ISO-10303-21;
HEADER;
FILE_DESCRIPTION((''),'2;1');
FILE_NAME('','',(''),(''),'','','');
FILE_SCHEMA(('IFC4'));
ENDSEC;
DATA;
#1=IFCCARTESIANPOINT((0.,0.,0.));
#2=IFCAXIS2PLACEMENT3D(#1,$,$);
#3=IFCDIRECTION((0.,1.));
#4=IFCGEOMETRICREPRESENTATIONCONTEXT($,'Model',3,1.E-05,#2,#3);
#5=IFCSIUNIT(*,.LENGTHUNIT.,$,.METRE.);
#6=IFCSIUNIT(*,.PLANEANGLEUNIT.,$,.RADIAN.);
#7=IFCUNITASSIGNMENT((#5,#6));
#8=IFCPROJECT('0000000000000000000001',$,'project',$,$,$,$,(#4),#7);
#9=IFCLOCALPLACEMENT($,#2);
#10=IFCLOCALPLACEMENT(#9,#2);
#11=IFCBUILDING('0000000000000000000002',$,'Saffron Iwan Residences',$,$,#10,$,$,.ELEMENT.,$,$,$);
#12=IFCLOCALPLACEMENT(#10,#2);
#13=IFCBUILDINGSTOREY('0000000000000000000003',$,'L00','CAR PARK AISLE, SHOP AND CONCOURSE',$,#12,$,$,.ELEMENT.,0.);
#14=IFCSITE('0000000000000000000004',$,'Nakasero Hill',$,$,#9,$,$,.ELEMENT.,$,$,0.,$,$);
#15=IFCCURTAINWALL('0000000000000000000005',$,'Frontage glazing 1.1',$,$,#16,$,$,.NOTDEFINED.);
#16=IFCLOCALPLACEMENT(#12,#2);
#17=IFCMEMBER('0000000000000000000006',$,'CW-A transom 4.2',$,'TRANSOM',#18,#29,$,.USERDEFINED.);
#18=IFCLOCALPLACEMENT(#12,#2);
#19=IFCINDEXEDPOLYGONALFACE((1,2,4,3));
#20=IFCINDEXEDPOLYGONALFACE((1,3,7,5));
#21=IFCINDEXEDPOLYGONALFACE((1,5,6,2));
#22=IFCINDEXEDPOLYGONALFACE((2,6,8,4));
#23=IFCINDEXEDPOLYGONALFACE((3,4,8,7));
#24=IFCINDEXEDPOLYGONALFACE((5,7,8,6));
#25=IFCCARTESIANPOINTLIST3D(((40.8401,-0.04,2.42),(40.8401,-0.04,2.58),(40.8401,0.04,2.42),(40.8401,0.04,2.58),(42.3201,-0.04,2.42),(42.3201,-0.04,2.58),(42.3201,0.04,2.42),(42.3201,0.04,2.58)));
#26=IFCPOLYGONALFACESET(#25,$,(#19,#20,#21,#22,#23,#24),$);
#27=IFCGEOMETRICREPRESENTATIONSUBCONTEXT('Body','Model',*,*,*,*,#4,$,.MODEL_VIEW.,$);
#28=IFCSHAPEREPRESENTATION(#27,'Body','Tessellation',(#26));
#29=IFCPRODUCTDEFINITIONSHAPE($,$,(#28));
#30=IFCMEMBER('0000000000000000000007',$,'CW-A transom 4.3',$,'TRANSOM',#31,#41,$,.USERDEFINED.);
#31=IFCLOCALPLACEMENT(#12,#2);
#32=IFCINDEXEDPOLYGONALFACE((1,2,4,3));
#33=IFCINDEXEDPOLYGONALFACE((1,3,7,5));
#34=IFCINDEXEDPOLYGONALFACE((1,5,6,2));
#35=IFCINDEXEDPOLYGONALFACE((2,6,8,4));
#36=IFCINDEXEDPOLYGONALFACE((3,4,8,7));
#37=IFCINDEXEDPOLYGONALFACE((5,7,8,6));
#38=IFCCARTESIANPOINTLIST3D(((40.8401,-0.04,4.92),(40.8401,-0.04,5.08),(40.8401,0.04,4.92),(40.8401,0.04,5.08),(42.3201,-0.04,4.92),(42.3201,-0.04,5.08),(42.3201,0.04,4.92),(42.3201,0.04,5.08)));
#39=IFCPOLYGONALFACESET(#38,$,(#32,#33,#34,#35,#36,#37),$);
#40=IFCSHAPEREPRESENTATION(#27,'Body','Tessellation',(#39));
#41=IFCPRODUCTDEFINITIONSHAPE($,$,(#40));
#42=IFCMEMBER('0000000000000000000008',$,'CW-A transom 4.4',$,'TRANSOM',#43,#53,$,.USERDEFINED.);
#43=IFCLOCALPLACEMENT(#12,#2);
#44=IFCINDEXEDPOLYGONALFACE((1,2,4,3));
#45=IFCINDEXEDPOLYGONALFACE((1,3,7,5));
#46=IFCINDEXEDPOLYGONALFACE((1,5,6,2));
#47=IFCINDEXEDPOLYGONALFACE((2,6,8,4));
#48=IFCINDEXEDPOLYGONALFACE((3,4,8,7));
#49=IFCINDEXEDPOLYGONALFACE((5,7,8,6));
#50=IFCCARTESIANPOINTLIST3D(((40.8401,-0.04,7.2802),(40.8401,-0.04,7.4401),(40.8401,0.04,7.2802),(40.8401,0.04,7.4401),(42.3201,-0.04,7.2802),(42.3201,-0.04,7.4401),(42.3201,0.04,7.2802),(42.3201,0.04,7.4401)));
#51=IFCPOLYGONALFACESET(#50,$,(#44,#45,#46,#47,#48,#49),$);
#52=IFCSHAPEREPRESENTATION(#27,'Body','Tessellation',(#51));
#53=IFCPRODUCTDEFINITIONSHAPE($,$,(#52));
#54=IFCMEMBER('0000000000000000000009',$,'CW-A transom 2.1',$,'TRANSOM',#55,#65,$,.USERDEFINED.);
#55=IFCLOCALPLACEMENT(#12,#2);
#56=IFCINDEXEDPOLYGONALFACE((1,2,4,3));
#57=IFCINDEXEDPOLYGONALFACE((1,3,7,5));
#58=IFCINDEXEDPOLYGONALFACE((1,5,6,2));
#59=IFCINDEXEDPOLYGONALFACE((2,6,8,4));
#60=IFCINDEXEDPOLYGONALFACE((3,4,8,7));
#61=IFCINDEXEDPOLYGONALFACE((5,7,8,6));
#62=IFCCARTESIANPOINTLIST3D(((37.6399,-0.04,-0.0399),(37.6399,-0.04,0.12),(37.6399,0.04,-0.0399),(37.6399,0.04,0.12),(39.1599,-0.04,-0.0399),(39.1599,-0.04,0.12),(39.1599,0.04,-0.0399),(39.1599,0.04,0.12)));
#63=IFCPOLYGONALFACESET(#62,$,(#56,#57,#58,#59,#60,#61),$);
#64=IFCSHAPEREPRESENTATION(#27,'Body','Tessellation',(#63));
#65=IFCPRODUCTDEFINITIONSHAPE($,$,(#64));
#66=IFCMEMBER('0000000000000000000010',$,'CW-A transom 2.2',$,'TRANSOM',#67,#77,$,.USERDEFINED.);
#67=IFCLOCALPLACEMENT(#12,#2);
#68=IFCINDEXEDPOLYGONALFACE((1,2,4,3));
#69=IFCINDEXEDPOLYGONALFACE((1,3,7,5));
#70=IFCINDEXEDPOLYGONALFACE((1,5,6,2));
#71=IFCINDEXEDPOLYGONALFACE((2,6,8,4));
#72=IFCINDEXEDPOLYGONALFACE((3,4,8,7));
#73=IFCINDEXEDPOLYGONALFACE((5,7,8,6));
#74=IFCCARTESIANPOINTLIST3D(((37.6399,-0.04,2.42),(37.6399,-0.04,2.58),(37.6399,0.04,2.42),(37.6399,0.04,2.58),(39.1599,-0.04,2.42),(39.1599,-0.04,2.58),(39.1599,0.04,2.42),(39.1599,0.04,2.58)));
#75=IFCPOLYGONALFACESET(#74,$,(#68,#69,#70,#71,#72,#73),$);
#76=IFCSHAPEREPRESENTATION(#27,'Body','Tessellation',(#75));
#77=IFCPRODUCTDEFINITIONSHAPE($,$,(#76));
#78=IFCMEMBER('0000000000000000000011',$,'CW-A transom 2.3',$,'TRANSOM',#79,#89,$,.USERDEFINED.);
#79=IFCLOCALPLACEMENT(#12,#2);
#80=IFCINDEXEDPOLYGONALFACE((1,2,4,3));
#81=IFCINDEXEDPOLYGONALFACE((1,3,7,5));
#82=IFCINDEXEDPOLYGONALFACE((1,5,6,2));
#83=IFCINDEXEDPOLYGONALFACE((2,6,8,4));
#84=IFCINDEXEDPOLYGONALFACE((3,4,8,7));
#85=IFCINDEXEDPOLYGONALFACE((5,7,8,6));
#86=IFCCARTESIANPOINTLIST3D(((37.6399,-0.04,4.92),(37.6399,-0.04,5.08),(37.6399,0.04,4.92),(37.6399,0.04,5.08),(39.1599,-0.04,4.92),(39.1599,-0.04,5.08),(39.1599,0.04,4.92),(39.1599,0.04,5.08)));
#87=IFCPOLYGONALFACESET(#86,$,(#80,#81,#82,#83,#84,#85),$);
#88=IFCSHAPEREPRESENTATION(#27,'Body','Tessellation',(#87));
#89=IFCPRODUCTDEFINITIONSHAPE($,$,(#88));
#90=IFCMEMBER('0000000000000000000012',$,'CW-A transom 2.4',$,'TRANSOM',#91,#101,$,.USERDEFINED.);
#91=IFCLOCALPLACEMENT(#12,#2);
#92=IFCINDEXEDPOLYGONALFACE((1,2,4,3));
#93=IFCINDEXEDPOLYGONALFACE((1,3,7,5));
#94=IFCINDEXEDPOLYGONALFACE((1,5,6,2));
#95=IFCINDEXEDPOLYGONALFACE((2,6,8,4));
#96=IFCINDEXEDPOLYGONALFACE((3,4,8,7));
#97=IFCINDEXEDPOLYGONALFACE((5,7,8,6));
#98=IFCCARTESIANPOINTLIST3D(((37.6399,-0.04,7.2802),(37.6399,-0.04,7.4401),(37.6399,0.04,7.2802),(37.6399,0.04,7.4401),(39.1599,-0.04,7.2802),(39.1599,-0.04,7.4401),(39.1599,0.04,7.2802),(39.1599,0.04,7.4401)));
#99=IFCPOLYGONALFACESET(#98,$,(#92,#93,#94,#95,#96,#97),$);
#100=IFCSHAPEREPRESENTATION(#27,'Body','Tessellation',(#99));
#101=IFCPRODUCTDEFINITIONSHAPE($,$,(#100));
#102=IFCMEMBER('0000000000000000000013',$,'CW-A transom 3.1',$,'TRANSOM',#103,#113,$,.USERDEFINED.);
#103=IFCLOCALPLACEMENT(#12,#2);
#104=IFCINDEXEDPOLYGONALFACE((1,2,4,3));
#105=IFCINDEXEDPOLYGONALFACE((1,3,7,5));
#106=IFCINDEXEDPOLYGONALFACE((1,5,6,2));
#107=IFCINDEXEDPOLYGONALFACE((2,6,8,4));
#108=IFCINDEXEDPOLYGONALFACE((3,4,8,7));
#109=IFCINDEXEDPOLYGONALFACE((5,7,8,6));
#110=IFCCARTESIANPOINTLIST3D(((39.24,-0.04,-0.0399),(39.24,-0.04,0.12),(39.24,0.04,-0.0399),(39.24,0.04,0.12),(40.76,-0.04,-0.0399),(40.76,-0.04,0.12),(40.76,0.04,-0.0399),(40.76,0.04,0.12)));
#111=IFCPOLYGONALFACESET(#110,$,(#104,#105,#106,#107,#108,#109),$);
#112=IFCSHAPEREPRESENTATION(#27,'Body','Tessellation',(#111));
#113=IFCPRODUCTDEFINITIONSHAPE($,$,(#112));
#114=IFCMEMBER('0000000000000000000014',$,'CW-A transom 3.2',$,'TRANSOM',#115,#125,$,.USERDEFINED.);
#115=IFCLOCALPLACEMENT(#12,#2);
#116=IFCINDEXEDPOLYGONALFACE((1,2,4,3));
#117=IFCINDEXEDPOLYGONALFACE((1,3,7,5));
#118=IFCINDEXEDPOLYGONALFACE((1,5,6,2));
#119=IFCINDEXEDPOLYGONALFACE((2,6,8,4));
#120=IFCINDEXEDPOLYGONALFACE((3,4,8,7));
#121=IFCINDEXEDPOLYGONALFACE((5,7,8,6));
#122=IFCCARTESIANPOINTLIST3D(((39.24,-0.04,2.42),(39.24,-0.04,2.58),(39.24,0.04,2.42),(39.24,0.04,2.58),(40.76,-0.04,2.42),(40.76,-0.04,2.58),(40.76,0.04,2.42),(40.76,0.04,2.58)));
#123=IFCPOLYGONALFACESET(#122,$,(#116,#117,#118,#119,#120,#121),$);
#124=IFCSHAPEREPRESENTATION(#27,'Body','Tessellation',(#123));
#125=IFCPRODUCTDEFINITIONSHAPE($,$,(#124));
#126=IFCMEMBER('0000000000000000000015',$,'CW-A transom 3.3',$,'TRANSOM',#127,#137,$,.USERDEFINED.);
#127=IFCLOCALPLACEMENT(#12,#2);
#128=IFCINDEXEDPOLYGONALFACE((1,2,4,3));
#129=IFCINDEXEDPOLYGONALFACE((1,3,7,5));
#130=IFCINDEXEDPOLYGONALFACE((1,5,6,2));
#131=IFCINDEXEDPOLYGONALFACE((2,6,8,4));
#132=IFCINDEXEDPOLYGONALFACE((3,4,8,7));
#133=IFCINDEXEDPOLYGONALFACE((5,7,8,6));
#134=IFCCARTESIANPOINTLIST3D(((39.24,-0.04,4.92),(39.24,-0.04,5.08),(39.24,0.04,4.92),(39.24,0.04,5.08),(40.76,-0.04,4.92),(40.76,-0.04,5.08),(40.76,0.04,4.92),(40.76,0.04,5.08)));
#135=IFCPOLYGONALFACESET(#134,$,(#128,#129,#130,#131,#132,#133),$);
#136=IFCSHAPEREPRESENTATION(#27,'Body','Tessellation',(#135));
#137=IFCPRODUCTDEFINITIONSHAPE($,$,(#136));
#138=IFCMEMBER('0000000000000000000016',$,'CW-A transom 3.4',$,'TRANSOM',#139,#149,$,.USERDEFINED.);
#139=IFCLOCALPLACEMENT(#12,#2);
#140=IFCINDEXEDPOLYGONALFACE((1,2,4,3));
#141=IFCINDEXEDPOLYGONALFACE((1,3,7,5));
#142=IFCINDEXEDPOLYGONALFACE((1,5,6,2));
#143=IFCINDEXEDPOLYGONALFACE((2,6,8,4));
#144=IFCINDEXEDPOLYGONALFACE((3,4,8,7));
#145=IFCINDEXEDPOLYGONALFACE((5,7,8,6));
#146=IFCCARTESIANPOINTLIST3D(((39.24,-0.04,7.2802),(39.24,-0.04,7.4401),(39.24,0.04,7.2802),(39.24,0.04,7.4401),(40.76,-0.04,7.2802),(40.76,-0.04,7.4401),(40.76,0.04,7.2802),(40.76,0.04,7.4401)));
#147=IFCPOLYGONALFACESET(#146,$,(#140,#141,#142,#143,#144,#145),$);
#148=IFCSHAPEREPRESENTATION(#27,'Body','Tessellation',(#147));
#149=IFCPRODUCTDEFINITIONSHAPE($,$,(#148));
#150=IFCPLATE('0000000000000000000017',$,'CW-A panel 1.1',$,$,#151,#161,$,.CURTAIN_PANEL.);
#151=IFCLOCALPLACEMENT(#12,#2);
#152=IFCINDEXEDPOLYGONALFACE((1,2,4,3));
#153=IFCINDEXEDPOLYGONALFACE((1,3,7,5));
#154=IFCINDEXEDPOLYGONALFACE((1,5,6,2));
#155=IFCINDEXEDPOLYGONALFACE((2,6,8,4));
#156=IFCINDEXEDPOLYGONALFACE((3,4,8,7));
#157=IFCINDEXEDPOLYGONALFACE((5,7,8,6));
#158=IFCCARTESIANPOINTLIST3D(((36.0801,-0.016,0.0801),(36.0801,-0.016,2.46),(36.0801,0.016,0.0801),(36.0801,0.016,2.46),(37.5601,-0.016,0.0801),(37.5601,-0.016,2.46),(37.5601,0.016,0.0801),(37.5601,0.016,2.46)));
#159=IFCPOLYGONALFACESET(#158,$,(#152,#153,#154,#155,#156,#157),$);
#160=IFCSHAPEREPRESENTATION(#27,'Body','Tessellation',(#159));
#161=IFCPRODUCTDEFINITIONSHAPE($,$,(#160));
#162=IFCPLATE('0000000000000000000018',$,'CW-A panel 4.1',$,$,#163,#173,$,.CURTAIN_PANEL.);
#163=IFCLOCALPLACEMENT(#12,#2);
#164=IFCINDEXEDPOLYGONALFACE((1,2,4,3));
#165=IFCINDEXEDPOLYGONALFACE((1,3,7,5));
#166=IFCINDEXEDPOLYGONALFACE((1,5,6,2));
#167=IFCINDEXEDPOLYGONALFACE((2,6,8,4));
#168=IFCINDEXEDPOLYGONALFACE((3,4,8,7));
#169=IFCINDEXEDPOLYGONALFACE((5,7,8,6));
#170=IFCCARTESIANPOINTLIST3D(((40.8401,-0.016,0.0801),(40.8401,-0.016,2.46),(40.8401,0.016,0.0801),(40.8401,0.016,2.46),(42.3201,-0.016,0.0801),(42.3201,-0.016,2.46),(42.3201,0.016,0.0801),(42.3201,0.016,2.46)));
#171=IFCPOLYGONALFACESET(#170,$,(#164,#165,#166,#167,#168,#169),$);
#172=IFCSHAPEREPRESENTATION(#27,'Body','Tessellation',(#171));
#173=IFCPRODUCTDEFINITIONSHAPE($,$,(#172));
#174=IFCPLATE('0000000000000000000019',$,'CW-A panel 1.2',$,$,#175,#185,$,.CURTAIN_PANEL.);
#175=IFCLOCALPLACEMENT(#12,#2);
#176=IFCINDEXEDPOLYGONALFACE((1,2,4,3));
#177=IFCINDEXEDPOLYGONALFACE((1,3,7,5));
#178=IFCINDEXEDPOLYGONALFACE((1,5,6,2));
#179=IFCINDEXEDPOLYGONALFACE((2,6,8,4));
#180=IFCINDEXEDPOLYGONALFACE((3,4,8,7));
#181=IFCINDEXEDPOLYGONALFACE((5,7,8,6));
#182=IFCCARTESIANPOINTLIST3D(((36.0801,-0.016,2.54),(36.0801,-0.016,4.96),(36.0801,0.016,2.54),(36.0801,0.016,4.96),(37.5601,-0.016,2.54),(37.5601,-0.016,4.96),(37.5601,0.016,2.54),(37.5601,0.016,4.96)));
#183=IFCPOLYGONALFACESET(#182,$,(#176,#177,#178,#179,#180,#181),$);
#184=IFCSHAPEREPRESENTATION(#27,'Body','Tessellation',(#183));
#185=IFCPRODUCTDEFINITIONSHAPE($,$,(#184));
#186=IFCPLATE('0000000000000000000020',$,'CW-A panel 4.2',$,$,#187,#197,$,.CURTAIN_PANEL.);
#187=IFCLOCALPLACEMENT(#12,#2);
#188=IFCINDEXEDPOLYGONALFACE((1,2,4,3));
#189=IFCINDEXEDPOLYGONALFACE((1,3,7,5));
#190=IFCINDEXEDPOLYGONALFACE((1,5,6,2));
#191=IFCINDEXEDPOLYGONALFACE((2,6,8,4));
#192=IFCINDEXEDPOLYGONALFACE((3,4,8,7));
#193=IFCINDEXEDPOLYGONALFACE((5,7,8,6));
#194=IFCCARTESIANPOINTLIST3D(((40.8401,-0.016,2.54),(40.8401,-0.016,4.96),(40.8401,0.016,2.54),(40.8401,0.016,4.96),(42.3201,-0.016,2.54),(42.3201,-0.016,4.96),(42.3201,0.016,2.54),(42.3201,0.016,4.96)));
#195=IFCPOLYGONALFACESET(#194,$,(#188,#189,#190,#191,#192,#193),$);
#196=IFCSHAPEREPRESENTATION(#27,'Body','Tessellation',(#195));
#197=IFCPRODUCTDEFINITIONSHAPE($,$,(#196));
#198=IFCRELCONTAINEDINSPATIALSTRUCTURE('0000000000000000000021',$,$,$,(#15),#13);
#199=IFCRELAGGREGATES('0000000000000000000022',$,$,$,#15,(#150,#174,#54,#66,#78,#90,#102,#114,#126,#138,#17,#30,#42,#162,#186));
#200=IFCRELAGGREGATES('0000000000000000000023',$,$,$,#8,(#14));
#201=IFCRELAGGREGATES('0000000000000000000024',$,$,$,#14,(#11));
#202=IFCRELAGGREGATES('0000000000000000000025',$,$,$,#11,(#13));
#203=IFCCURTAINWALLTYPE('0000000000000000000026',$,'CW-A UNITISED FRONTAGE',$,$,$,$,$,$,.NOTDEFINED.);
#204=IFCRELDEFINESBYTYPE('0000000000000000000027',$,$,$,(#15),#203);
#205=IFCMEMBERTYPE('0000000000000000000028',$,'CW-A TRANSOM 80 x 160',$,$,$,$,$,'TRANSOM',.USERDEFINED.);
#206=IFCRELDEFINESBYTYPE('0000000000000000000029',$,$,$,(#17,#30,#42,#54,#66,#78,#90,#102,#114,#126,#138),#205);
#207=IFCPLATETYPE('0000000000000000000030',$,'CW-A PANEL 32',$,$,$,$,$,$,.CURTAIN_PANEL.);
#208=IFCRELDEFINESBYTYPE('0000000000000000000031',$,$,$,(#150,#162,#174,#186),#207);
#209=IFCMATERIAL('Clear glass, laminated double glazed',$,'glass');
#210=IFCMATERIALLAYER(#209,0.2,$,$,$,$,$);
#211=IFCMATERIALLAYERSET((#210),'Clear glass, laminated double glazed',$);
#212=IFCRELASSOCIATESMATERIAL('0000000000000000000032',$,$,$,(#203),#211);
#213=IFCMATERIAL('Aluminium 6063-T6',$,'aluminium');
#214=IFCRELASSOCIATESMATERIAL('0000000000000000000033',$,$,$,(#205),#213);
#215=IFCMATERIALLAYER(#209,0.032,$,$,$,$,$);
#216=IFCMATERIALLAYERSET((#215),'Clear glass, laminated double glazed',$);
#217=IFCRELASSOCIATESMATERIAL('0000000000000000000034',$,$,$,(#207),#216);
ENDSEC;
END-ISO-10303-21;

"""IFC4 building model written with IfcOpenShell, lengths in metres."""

from ifc_helpers import new_model, si_unit, direction, frame, origin, origin_2d, place, context, subcontext, project, spatial, rectangle, extrude, source, transform, mapped, material, layer, layer_set, material_profile, profile_set, type_object, element, aggregate, save


model = new_model("IFC4")

# Units and contexts
model_context = context("Model", 3, precision=1e-05, world=origin(), true_north=direction((0.0, 1.0)))
body_context = subcontext(model_context, "Body", "Model", "MODEL_VIEW")
ifc_project = project(units=[si_unit("LENGTHUNIT", "METRE"), si_unit("PLANEANGLEUNIT", "RADIAN")], contexts=[model_context])

# Site, building, storey
site_placement = place(None, origin())
site = spatial("IfcSite", under=ifc_project, at=site_placement, Name="Nakasero Hill", CompositionType="ELEMENT", RefElevation=0.0)
building_placement = place(site_placement, origin())
building = spatial("IfcBuilding", under=site, at=building_placement, Name="Saffron Iwan Residences", CompositionType="ELEMENT")
storey_placement = place(building_placement, origin())
storey = spatial("IfcBuildingStorey", under=building, at=storey_placement, Name="L00", Description="CAR PARK AISLE, SHOP AND CONCOURSE", CompositionType="ELEMENT", Elevation=0.0)

# Curtain wall, members, plates
ifc_material_1 = material(Name="Clear glass, laminated double glazed", Category="glass")
ifc_layer_1 = layer(ifc_material_1, 0.2)
ifc_layer_set_1 = layer_set([ifc_layer_1], Name="Clear glass, laminated double glazed")
curtain_wall_type = type_object("IfcCurtainWallType", Name="CW-A UNITISED FRONTAGE", PredefinedType="NOTDEFINED", material=ifc_layer_set_1)
curtain_wall_placement = place(storey_placement, origin())
curtain_wall = element("IfcCurtainWall", 1, at=curtain_wall_placement, inside=storey, type_object=curtain_wall_type, Name="Frontage glazing 1.1", PredefinedType="NOTDEFINED")
ifc_material_2 = material(Name="Aluminium 6063-T6", Category="aluminium")
ifc_material_profile_1 = material_profile(ifc_material_2, rectangle(XDim=0.0801, YDim=0.1599, at=origin_2d()), Name="CW-A TRANSOM 80 x 160")
ifc_profile_set_1 = profile_set([ifc_material_profile_1], Name="Aluminium 6063-T6")
member_type_1 = type_object("IfcMemberType", Name="CW-A TRANSOM 80 x 160", ElementType="TRANSOM", PredefinedType="USERDEFINED", material=ifc_profile_set_1)
shared_shape_1 = source(origin(), body_context, "Body", "SweptSolid", [
    extrude(rectangle(XDim=0.0801, YDim=0.1599, at=origin_2d()), origin(), (0.0, 0.0, 1.0), 1.48),
])
member_1_placement = place(storey_placement, frame((40.8401, 0.0, 2.5), z_axis=(1.0, 0.0, 0.0), x_axis=(0.0, 1.0, 0.0)))
member_1 = element("IfcMember", 2, at=member_1_placement, type_object=member_type_1, Name="CW-A transom 4.2", ObjectType="TRANSOM", PredefinedType="USERDEFINED", context=body_context, shape_type="MappedRepresentation", body=[
    mapped(shared_shape_1, transform((0.0, 0.0, 0.0))),
])
member_2_placement = place(storey_placement, frame((40.8401, 0.0, 5.0), z_axis=(1.0, 0.0, 0.0), x_axis=(0.0, 1.0, 0.0)))
member_2 = element("IfcMember", 3, at=member_2_placement, type_object=member_type_1, Name="CW-A transom 4.3", ObjectType="TRANSOM", PredefinedType="USERDEFINED", context=body_context, shape_type="MappedRepresentation", body=[
    mapped(shared_shape_1, transform((0.0, 0.0, 0.0))),
])
member_3_placement = place(storey_placement, frame((40.8401, 0.0, 7.3601), z_axis=(1.0, 0.0, 0.0), x_axis=(0.0, 1.0, 0.0)))
member_3 = element("IfcMember", 4, at=member_3_placement, type_object=member_type_1, Name="CW-A transom 4.4", ObjectType="TRANSOM", PredefinedType="USERDEFINED", context=body_context, shape_type="MappedRepresentation", body=[
    mapped(shared_shape_1, transform((0.0, 0.0, 0.0))),
])
shared_shape_2 = source(origin(), body_context, "Body", "SweptSolid", [
    extrude(rectangle(XDim=0.0801, YDim=0.1599, at=origin_2d()), origin(), (0.0, 0.0, 1.0), 1.52),
])
member_4_placement = place(storey_placement, frame((37.6399, 0.0, 0.04), z_axis=(1.0, 0.0, 0.0), x_axis=(0.0, 1.0, 0.0)))
member_4 = element("IfcMember", 5, at=member_4_placement, type_object=member_type_1, Name="CW-A transom 2.1", ObjectType="TRANSOM", PredefinedType="USERDEFINED", context=body_context, shape_type="MappedRepresentation", body=[
    mapped(shared_shape_2, transform((0.0, 0.0, 0.0))),
])
member_5_placement = place(storey_placement, frame((37.6399, 0.0, 2.5), z_axis=(1.0, 0.0, 0.0), x_axis=(0.0, 1.0, 0.0)))
member_5 = element("IfcMember", 6, at=member_5_placement, type_object=member_type_1, Name="CW-A transom 2.2", ObjectType="TRANSOM", PredefinedType="USERDEFINED", context=body_context, shape_type="MappedRepresentation", body=[
    mapped(shared_shape_2, transform((0.0, 0.0, 0.0))),
])
member_6_placement = place(storey_placement, frame((37.6399, 0.0, 5.0), z_axis=(1.0, 0.0, 0.0), x_axis=(0.0, 1.0, 0.0)))
member_6 = element("IfcMember", 7, at=member_6_placement, type_object=member_type_1, Name="CW-A transom 2.3", ObjectType="TRANSOM", PredefinedType="USERDEFINED", context=body_context, shape_type="MappedRepresentation", body=[
    mapped(shared_shape_2, transform((0.0, 0.0, 0.0))),
])
member_7_placement = place(storey_placement, frame((37.6399, 0.0, 7.3601), z_axis=(1.0, 0.0, 0.0), x_axis=(0.0, 1.0, 0.0)))
member_7 = element("IfcMember", 8, at=member_7_placement, type_object=member_type_1, Name="CW-A transom 2.4", ObjectType="TRANSOM", PredefinedType="USERDEFINED", context=body_context, shape_type="MappedRepresentation", body=[
    mapped(shared_shape_2, transform((0.0, 0.0, 0.0))),
])
member_8_placement = place(storey_placement, frame((39.24, 0.0, 0.04), z_axis=(1.0, 0.0, 0.0), x_axis=(0.0, 1.0, 0.0)))
member_8 = element("IfcMember", 9, at=member_8_placement, type_object=member_type_1, Name="CW-A transom 3.1", ObjectType="TRANSOM", PredefinedType="USERDEFINED", context=body_context, shape_type="MappedRepresentation", body=[
    mapped(shared_shape_2, transform((0.0, 0.0, 0.0))),
])
member_9_placement = place(storey_placement, frame((39.24, 0.0, 2.5), z_axis=(1.0, 0.0, 0.0), x_axis=(0.0, 1.0, 0.0)))
member_9 = element("IfcMember", 10, at=member_9_placement, type_object=member_type_1, Name="CW-A transom 3.2", ObjectType="TRANSOM", PredefinedType="USERDEFINED", context=body_context, shape_type="MappedRepresentation", body=[
    mapped(shared_shape_2, transform((0.0, 0.0, 0.0))),
])
member_10_placement = place(storey_placement, frame((39.24, 0.0, 5.0), z_axis=(1.0, 0.0, 0.0), x_axis=(0.0, 1.0, 0.0)))
member_10 = element("IfcMember", 11, at=member_10_placement, type_object=member_type_1, Name="CW-A transom 3.3", ObjectType="TRANSOM", PredefinedType="USERDEFINED", context=body_context, shape_type="MappedRepresentation", body=[
    mapped(shared_shape_2, transform((0.0, 0.0, 0.0))),
])
member_11_placement = place(storey_placement, frame((39.24, 0.0, 7.3601), z_axis=(1.0, 0.0, 0.0), x_axis=(0.0, 1.0, 0.0)))
member_11 = element("IfcMember", 12, at=member_11_placement, type_object=member_type_1, Name="CW-A transom 3.4", ObjectType="TRANSOM", PredefinedType="USERDEFINED", context=body_context, shape_type="MappedRepresentation", body=[
    mapped(shared_shape_2, transform((0.0, 0.0, 0.0))),
])
ifc_layer_2 = layer(ifc_material_1, 0.032)
ifc_layer_set_2 = layer_set([ifc_layer_2], Name="Clear glass, laminated double glazed")
plate_type = type_object("IfcPlateType", Name="CW-A PANEL 32", PredefinedType="CURTAIN_PANEL", material=ifc_layer_set_2)
shared_shape_3 = source(origin(), body_context, "Body", "SweptSolid", [
    extrude(rectangle(XDim=1.48, YDim=0.032, at=origin_2d()), origin(), (0.0, 0.0, 1.0), 2.3799),
])
plate_1_placement = place(storey_placement, frame((36.8201, 0.0, 0.0801), z_axis=(0.0, 0.0, 1.0), x_axis=(1.0, 0.0, 0.0)))
plate_1 = element("IfcPlate", 13, at=plate_1_placement, type_object=plate_type, Name="CW-A panel 1.1", PredefinedType="CURTAIN_PANEL", context=body_context, shape_type="MappedRepresentation", body=[
    mapped(shared_shape_3, transform((0.0, 0.0, 0.0))),
])
plate_2_placement = place(storey_placement, frame((41.5801, 0.0, 0.0801), z_axis=(0.0, 0.0, 1.0), x_axis=(1.0, 0.0, 0.0)))
plate_2 = element("IfcPlate", 14, at=plate_2_placement, type_object=plate_type, Name="CW-A panel 4.1", PredefinedType="CURTAIN_PANEL", context=body_context, shape_type="MappedRepresentation", body=[
    mapped(shared_shape_3, transform((0.0, 0.0, 0.0))),
])
shared_shape_4 = source(origin(), body_context, "Body", "SweptSolid", [
    extrude(rectangle(XDim=1.48, YDim=0.032, at=origin_2d()), origin(), (0.0, 0.0, 1.0), 2.4199),
])
plate_3_placement = place(storey_placement, frame((36.8201, 0.0, 2.54), z_axis=(0.0, 0.0, 1.0), x_axis=(1.0, 0.0, 0.0)))
plate_3 = element("IfcPlate", 15, at=plate_3_placement, type_object=plate_type, Name="CW-A panel 1.2", PredefinedType="CURTAIN_PANEL", context=body_context, shape_type="MappedRepresentation", body=[
    mapped(shared_shape_4, transform((0.0, 0.0, 0.0))),
])
plate_4_placement = place(storey_placement, frame((41.5801, 0.0, 2.54), z_axis=(0.0, 0.0, 1.0), x_axis=(1.0, 0.0, 0.0)))
plate_4 = element("IfcPlate", 16, at=plate_4_placement, type_object=plate_type, Name="CW-A panel 4.2", PredefinedType="CURTAIN_PANEL", context=body_context, shape_type="MappedRepresentation", body=[
    mapped(shared_shape_4, transform((0.0, 0.0, 0.0))),
])
aggregate(curtain_wall, [plate_1, plate_3, member_4, member_5, member_6, member_7, member_8, member_9, member_10, member_11, member_1, member_2, member_3, plate_2, plate_4])

save(model, "model.ifc")
